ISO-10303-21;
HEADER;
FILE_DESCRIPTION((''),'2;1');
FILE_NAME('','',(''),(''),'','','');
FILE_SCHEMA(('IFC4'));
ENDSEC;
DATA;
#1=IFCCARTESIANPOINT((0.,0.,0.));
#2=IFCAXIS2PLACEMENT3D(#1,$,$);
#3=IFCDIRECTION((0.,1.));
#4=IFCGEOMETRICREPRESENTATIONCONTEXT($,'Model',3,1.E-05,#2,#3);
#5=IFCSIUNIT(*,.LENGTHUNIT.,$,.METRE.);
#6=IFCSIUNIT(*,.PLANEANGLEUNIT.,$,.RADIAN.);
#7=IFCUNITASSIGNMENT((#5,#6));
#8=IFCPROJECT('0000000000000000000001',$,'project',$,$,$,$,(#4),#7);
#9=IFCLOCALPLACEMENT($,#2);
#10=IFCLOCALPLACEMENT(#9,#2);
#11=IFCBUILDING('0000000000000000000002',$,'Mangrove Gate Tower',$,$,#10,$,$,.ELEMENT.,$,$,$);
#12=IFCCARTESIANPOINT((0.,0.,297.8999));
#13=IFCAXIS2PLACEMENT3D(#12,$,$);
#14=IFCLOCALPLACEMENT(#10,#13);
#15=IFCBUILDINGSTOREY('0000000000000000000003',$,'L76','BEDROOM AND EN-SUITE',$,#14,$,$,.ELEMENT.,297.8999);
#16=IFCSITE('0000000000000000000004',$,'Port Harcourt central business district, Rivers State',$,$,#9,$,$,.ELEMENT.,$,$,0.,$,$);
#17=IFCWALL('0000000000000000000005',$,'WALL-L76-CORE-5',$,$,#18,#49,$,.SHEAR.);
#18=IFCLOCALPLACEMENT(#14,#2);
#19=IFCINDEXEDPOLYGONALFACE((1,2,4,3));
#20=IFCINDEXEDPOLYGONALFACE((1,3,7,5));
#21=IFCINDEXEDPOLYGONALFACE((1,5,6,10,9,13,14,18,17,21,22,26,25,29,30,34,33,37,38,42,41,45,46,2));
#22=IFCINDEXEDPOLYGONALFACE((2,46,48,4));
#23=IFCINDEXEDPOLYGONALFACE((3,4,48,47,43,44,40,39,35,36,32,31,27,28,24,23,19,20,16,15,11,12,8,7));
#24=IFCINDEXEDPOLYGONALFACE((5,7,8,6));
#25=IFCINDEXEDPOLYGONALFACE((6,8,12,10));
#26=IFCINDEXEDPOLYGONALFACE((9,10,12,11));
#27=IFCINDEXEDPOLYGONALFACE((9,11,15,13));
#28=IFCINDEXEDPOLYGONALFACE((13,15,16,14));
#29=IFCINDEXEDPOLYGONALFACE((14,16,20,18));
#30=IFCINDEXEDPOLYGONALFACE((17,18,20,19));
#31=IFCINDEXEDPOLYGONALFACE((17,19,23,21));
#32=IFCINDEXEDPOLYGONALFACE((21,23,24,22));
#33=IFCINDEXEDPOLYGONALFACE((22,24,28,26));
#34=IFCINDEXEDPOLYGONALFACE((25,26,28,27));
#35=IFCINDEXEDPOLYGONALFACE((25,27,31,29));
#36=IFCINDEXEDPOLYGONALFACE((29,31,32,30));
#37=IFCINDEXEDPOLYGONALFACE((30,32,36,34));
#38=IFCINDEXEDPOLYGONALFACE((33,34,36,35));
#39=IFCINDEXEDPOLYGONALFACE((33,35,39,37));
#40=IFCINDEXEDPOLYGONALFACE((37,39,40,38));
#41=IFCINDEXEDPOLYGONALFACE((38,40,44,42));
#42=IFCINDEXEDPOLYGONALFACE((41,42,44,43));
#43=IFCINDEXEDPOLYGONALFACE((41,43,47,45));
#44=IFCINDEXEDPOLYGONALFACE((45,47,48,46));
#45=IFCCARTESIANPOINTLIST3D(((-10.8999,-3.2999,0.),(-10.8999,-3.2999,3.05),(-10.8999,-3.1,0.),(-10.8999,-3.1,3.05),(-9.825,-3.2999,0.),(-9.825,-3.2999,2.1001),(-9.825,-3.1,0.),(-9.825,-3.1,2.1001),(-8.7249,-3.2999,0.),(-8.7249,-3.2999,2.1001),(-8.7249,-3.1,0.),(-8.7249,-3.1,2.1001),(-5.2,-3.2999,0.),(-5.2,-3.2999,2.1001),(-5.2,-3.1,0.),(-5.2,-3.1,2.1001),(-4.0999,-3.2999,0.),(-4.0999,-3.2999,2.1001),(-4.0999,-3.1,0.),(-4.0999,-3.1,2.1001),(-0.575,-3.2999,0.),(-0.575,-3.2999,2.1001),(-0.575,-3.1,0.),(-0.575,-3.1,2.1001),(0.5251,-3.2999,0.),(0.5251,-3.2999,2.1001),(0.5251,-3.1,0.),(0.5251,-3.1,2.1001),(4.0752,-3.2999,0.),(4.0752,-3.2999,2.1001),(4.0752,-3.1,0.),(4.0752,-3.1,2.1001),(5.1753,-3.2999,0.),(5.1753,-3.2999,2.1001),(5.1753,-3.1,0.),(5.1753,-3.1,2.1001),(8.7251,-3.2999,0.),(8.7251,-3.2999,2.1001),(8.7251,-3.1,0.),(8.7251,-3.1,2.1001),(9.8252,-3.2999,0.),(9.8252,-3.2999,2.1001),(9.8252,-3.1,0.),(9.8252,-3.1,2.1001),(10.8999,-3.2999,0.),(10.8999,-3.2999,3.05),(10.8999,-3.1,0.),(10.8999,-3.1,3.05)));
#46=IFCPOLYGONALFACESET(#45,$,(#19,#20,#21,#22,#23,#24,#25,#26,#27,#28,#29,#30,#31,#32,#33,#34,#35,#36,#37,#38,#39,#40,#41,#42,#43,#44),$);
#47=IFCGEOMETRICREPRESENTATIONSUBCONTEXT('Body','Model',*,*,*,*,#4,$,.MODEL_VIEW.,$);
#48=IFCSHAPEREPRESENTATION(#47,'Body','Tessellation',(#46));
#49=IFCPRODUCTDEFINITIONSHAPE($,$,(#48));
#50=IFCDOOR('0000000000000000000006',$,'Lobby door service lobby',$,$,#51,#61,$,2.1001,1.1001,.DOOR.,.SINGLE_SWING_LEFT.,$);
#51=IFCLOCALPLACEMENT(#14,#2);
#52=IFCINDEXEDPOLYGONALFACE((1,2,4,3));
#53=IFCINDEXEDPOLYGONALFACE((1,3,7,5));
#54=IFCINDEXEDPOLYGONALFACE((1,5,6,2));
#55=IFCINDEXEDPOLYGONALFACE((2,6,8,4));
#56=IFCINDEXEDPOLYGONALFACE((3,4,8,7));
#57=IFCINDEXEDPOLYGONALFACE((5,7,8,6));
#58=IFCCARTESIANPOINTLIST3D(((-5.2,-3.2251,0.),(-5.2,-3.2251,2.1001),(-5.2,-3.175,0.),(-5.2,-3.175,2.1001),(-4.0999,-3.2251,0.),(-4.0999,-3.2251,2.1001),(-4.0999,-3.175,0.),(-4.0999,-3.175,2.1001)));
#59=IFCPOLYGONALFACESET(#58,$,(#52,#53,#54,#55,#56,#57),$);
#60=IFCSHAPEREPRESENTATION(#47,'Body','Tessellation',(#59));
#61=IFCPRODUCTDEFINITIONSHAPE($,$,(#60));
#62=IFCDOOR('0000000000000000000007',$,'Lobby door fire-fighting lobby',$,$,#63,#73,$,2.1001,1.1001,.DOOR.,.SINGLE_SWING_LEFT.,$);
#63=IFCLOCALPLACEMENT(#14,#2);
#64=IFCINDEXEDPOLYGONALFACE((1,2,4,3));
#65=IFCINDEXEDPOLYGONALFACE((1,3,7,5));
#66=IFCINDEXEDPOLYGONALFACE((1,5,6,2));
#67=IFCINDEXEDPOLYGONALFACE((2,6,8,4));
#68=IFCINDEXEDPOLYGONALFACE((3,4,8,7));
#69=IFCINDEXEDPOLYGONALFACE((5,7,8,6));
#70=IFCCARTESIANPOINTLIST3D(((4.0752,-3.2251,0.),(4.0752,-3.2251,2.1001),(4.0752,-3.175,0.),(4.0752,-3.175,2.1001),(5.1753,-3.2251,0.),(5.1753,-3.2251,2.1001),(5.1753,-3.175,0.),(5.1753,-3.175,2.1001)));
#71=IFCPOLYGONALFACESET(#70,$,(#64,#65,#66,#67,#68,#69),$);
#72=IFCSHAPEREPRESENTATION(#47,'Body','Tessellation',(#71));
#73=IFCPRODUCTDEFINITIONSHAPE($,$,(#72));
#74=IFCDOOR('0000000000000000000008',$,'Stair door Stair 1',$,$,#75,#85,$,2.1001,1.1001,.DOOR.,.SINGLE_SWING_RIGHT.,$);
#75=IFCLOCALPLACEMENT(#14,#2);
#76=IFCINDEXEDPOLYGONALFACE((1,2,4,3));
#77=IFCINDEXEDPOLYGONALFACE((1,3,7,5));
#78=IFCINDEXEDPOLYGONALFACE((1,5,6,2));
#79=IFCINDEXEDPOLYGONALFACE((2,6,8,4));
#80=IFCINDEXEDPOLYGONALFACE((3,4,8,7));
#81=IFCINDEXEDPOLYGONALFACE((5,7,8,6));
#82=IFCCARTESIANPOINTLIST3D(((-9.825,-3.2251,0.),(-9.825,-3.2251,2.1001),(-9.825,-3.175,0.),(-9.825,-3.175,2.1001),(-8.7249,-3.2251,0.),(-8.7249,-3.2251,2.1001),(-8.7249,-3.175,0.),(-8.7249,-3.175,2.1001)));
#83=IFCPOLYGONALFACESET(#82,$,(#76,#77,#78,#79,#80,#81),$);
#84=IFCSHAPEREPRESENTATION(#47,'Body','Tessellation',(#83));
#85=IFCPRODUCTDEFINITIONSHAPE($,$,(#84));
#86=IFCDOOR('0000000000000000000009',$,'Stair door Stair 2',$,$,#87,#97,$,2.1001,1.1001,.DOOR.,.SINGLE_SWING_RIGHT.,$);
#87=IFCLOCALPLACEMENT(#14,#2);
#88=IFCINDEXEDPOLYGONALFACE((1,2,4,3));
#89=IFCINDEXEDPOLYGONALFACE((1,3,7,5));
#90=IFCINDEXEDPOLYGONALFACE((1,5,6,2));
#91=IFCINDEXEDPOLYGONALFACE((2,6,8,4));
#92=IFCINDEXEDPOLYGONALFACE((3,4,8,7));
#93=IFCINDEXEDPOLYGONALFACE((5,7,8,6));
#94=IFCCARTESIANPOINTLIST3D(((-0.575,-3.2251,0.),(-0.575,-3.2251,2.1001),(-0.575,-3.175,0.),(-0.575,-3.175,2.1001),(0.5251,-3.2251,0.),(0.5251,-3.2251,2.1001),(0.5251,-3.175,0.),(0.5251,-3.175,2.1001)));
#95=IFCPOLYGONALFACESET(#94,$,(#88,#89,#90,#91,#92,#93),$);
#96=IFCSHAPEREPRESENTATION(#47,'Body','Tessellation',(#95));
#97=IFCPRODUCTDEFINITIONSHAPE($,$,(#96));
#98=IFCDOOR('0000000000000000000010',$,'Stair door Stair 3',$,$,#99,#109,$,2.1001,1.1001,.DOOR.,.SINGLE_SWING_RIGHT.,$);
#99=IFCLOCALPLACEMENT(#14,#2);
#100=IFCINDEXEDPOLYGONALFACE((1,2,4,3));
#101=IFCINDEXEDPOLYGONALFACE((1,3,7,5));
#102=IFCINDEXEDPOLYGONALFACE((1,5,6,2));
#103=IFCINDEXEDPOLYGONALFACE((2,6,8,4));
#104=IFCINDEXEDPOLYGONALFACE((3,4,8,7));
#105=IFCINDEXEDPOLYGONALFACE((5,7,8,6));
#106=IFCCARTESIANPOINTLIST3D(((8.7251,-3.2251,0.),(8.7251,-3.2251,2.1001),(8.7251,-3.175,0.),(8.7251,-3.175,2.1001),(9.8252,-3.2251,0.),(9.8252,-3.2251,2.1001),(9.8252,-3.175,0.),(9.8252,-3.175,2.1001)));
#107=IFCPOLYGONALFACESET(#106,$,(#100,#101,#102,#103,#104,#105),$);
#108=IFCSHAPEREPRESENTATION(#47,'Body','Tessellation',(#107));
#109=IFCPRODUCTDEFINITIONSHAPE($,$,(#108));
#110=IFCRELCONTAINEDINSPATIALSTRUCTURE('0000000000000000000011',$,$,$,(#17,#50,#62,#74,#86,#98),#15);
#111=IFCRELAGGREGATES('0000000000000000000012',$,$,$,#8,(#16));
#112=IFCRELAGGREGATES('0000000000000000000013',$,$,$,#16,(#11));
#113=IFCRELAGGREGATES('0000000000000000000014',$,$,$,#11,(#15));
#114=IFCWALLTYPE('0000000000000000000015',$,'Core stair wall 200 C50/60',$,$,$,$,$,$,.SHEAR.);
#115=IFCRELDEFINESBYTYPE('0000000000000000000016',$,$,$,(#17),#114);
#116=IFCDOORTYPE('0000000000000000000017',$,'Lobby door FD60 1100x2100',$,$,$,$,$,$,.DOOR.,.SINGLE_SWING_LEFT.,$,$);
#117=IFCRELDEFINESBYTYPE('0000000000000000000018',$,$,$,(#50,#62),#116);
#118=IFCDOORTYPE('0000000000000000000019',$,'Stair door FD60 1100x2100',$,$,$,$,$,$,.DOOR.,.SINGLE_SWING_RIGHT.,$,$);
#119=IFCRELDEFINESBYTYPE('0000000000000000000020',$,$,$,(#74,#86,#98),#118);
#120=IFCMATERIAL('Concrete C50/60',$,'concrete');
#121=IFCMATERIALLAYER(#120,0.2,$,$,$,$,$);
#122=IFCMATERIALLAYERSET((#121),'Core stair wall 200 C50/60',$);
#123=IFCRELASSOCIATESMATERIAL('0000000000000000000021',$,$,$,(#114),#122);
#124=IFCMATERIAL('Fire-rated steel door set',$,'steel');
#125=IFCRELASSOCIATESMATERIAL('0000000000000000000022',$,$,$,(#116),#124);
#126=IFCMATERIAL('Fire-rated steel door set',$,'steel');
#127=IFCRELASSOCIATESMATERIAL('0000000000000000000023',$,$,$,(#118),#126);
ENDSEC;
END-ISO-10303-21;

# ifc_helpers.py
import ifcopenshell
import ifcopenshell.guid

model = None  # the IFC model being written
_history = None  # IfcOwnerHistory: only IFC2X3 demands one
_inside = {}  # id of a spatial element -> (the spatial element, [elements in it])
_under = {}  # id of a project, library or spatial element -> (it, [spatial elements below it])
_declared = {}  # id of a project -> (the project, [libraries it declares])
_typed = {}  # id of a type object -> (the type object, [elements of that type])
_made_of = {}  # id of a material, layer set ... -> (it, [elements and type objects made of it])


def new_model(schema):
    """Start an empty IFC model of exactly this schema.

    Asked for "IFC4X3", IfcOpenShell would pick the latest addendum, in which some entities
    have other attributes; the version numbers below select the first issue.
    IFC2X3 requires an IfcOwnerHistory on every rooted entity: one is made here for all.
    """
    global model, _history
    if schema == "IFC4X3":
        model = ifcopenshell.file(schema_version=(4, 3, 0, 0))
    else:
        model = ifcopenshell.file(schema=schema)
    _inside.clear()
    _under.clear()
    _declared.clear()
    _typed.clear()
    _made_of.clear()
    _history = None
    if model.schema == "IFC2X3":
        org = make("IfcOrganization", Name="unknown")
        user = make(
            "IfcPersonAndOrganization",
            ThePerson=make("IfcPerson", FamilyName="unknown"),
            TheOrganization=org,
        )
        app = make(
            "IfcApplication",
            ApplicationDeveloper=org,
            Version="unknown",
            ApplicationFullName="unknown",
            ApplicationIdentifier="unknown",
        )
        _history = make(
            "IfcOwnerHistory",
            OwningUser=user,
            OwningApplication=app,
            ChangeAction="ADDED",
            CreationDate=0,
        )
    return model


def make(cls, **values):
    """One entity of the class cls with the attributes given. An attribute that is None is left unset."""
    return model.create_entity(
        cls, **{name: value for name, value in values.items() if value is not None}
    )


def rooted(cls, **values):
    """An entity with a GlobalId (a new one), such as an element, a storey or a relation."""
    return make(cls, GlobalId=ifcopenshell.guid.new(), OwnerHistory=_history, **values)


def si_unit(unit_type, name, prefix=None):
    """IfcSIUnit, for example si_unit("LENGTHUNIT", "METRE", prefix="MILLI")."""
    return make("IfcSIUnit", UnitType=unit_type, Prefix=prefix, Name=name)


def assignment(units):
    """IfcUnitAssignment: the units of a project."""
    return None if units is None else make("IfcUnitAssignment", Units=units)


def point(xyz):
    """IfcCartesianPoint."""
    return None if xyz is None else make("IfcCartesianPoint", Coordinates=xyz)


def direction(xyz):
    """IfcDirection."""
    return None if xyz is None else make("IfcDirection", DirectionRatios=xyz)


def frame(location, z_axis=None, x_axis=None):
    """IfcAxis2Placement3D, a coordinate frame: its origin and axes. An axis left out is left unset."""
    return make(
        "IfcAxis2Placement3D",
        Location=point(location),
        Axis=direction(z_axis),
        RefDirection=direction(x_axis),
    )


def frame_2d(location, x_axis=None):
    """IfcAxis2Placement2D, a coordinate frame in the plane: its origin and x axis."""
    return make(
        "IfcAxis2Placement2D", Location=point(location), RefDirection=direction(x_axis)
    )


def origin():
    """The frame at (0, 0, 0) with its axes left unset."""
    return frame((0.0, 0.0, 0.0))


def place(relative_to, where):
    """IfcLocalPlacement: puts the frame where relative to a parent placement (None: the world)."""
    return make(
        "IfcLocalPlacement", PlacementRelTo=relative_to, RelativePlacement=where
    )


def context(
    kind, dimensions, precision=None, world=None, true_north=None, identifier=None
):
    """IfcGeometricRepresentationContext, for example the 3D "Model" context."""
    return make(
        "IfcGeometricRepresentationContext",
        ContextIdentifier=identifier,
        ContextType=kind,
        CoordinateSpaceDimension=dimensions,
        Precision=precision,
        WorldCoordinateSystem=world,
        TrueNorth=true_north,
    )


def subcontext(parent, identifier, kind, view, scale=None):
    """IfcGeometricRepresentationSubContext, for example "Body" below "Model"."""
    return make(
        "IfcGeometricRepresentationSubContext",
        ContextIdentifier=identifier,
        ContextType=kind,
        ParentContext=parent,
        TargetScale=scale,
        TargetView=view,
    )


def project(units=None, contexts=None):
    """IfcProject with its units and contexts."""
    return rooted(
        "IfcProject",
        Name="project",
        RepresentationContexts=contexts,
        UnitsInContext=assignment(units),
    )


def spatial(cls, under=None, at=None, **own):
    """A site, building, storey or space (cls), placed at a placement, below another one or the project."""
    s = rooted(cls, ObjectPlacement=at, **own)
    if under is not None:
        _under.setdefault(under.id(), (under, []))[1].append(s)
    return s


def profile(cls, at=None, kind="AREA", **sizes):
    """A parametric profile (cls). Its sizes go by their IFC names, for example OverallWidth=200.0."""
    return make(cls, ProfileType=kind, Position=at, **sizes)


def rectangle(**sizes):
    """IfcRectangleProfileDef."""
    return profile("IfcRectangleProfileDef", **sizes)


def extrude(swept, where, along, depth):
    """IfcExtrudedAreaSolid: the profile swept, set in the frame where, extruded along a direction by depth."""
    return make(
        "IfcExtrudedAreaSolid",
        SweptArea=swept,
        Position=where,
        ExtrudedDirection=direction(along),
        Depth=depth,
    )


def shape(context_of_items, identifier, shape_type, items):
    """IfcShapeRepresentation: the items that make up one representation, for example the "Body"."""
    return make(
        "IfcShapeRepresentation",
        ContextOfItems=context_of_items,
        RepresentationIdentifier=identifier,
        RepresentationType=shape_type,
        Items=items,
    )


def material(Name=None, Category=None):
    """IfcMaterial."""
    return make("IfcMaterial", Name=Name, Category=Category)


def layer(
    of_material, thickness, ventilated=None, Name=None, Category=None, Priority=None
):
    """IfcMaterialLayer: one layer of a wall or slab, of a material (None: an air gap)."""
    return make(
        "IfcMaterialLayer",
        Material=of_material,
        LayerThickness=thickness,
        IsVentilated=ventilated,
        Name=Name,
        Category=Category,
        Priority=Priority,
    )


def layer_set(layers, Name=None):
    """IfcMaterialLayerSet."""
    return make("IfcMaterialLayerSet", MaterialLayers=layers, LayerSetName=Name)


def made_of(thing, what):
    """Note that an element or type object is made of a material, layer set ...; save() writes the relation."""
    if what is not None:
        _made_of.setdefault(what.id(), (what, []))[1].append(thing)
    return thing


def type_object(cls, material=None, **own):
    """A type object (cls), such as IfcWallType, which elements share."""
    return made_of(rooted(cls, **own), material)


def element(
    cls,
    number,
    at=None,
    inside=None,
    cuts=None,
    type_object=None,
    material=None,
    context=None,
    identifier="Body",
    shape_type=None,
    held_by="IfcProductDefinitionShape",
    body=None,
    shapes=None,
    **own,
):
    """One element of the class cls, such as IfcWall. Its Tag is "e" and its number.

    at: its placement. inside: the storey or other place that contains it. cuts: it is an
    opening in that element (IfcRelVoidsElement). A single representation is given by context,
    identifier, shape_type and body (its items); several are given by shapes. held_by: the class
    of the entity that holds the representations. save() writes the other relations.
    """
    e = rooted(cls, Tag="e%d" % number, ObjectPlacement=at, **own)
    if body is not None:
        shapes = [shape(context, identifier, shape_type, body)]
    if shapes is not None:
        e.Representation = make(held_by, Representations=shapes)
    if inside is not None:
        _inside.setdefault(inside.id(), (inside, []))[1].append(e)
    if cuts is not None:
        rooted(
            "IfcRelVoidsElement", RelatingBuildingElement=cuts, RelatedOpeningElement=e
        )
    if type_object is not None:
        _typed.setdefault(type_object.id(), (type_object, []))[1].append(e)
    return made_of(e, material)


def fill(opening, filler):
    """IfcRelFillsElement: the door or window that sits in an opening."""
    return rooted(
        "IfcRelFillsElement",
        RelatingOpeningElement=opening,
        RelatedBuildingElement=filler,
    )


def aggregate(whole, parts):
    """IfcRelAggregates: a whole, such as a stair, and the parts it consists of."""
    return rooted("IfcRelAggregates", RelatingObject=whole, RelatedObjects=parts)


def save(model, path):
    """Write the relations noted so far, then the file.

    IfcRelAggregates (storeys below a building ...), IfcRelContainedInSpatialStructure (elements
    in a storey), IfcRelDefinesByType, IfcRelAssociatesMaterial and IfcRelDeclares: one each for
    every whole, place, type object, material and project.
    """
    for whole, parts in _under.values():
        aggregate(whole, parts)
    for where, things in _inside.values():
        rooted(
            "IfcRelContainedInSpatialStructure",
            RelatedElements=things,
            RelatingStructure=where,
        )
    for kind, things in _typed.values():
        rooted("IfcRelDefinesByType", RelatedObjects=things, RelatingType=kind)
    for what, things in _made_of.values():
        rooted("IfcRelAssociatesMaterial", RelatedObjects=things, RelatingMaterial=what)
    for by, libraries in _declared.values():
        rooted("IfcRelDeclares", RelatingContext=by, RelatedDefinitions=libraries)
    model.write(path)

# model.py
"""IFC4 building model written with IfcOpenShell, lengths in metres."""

from ifc_helpers import new_model, si_unit, direction, frame, frame_2d, origin, place, context, subcontext, project, spatial, rectangle, extrude, material, layer, layer_set, type_object, element, fill, save


model = new_model("IFC4")

# Units and contexts
model_context = context("Model", 3, precision=1e-05, world=origin(), true_north=direction((0.0, 1.0)))
body_context = subcontext(model_context, "Body", "Model", "MODEL_VIEW")
ifc_project = project(units=[si_unit("LENGTHUNIT", "METRE"), si_unit("PLANEANGLEUNIT", "RADIAN")], contexts=[model_context])

# Site, building, storey
site_placement = place(None, origin())
site = spatial("IfcSite", under=ifc_project, at=site_placement, Name="Port Harcourt central business district, Rivers State", CompositionType="ELEMENT", RefElevation=0.0)
building_placement = place(site_placement, origin())
building = spatial("IfcBuilding", under=site, at=building_placement, Name="Mangrove Gate Tower", CompositionType="ELEMENT")
storey_placement = place(building_placement, frame((0.0, 0.0, 297.8999)))
storey = spatial("IfcBuildingStorey", under=building, at=storey_placement, Name="L76", Description="BEDROOM AND EN-SUITE", CompositionType="ELEMENT", Elevation=297.8999)

# Wall, openings, doors
ifc_material_1 = material(Name="Concrete C50/60", Category="concrete")
ifc_layer_1 = layer(ifc_material_1, 0.2)
ifc_layer_set_1 = layer_set([ifc_layer_1], Name="Core stair wall 200 C50/60")
wall_type_1 = type_object("IfcWallType", Name="Core stair wall 200 C50/60", PredefinedType="SHEAR", material=ifc_layer_set_1)
wall_1_placement = place(storey_placement, frame((-10.8999, -3.2, 0.0), z_axis=(0.0, 0.0, 1.0), x_axis=(1.0, 0.0, 0.0)))
wall_1 = element("IfcWall", 1, at=wall_1_placement, inside=storey, type_object=wall_type_1, Name="WALL-L76-CORE-5", PredefinedType="SHEAR", context=body_context, shape_type="SweptSolid", body=[
    extrude(rectangle(XDim=21.7998, YDim=0.2, at=frame_2d((10.8999, 0.0))), origin(), (0.0, 0.0, 1.0), 3.05),
])
opening_1_placement = place(wall_1_placement, frame((1.075, 0.0, 0.0)))
opening_1 = element("IfcOpeningElement", 2, at=opening_1_placement, cuts=wall_1, PredefinedType="OPENING", context=body_context, shape_type="SweptSolid", body=[
    extrude(rectangle(XDim=1.1001, YDim=2.1001, at=frame_2d((0.55, 1.05))), frame((0.0, 0.1099, 0.0), z_axis=(0.0, -1.0, 0.0), x_axis=(1.0, 0.0, 0.0)), (0.0, 0.0, 1.0), 0.22),
])
opening_2_placement = place(wall_1_placement, frame((10.325, 0.0, 0.0)))
opening_2 = element("IfcOpeningElement", 3, at=opening_2_placement, cuts=wall_1, PredefinedType="OPENING", context=body_context, shape_type="SweptSolid", body=[
    extrude(rectangle(XDim=1.1001, YDim=2.1001, at=frame_2d((0.55, 1.05))), frame((0.0, 0.1099, 0.0), z_axis=(0.0, -1.0, 0.0), x_axis=(1.0, 0.0, 0.0)), (0.0, 0.0, 1.0), 0.22),
])
opening_3_placement = place(wall_1_placement, frame((19.625, 0.0, 0.0)))
opening_3 = element("IfcOpeningElement", 4, at=opening_3_placement, cuts=wall_1, PredefinedType="OPENING", context=body_context, shape_type="SweptSolid", body=[
    extrude(rectangle(XDim=1.1001, YDim=2.1001, at=frame_2d((0.55, 1.05))), frame((0.0, 0.1099, 0.0), z_axis=(0.0, -1.0, 0.0), x_axis=(1.0, 0.0, 0.0)), (0.0, 0.0, 1.0), 0.22),
])
opening_4_placement = place(wall_1_placement, frame((5.7, 0.0, 0.0)))
opening_4 = element("IfcOpeningElement", 5, at=opening_4_placement, cuts=wall_1, PredefinedType="OPENING", context=body_context, shape_type="SweptSolid", body=[
    extrude(rectangle(XDim=1.1001, YDim=2.1001, at=frame_2d((0.55, 1.05))), frame((0.0, 0.1099, 0.0), z_axis=(0.0, -1.0, 0.0), x_axis=(1.0, 0.0, 0.0)), (0.0, 0.0, 1.0), 0.22),
])
opening_5_placement = place(wall_1_placement, frame((14.9751, 0.0, 0.0)))
opening_5 = element("IfcOpeningElement", 6, at=opening_5_placement, cuts=wall_1, PredefinedType="OPENING", context=body_context, shape_type="SweptSolid", body=[
    extrude(rectangle(XDim=1.1001, YDim=2.1001, at=frame_2d((0.55, 1.05))), frame((0.0, 0.1099, 0.0), z_axis=(0.0, -1.0, 0.0), x_axis=(1.0, 0.0, 0.0)), (0.0, 0.0, 1.0), 0.22),
])
ifc_material_2 = material(Name="Fire-rated steel door set", Category="steel")
door_type_1 = type_object("IfcDoorType", Name="Lobby door FD60 1100x2100", OperationType="SINGLE_SWING_LEFT", PredefinedType="DOOR", material=ifc_material_2)
door_1_placement = place(opening_4_placement, origin())
door_1 = element("IfcDoor", 7, at=door_1_placement, inside=storey, type_object=door_type_1, Name="Lobby door service lobby", OperationType="SINGLE_SWING_LEFT", OverallHeight=2.1001, OverallWidth=1.1001, PredefinedType="DOOR", context=body_context, shape_type="SweptSolid", body=[
    extrude(rectangle(XDim=1.1001, YDim=2.1001, at=frame_2d((0.55, 1.05))), frame((0.0, 0.0249, 0.0), z_axis=(0.0, -1.0, 0.0), x_axis=(1.0, 0.0, 0.0)), (0.0, 0.0, 1.0), 0.05),
])
fill(opening_4, door_1)
door_2_placement = place(opening_5_placement, origin())
door_2 = element("IfcDoor", 8, at=door_2_placement, inside=storey, type_object=door_type_1, Name="Lobby door fire-fighting lobby", OperationType="SINGLE_SWING_LEFT", OverallHeight=2.1001, OverallWidth=1.1001, PredefinedType="DOOR", context=body_context, shape_type="SweptSolid", body=[
    extrude(rectangle(XDim=1.1001, YDim=2.1001, at=frame_2d((0.55, 1.05))), frame((0.0, 0.0249, 0.0), z_axis=(0.0, -1.0, 0.0), x_axis=(1.0, 0.0, 0.0)), (0.0, 0.0, 1.0), 0.05),
])
fill(opening_5, door_2)
ifc_material_3 = material(Name="Fire-rated steel door set", Category="steel")
door_type_2 = type_object("IfcDoorType", Name="Stair door FD60 1100x2100", OperationType="SINGLE_SWING_RIGHT", PredefinedType="DOOR", material=ifc_material_3)
door_3_placement = place(opening_1_placement, origin())
door_3 = element("IfcDoor", 9, at=door_3_placement, inside=storey, type_object=door_type_2, Name="Stair door Stair 1", OperationType="SINGLE_SWING_RIGHT", OverallHeight=2.1001, OverallWidth=1.1001, PredefinedType="DOOR", context=body_context, shape_type="SweptSolid", body=[
    extrude(rectangle(XDim=1.1001, YDim=2.1001, at=frame_2d((0.55, 1.05))), frame((0.0, 0.0249, 0.0), z_axis=(0.0, -1.0, 0.0), x_axis=(1.0, 0.0, 0.0)), (0.0, 0.0, 1.0), 0.05),
])
fill(opening_1, door_3)
door_4_placement = place(opening_2_placement, origin())
door_4 = element("IfcDoor", 10, at=door_4_placement, inside=storey, type_object=door_type_2, Name="Stair door Stair 2", OperationType="SINGLE_SWING_RIGHT", OverallHeight=2.1001, OverallWidth=1.1001, PredefinedType="DOOR", context=body_context, shape_type="SweptSolid", body=[
    extrude(rectangle(XDim=1.1001, YDim=2.1001, at=frame_2d((0.55, 1.05))), frame((0.0, 0.0249, 0.0), z_axis=(0.0, -1.0, 0.0), x_axis=(1.0, 0.0, 0.0)), (0.0, 0.0, 1.0), 0.05),
])
fill(opening_2, door_4)
door_5_placement = place(opening_3_placement, origin())
door_5 = element("IfcDoor", 11, at=door_5_placement, inside=storey, type_object=door_type_2, Name="Stair door Stair 3", OperationType="SINGLE_SWING_RIGHT", OverallHeight=2.1001, OverallWidth=1.1001, PredefinedType="DOOR", context=body_context, shape_type="SweptSolid", body=[
    extrude(rectangle(XDim=1.1001, YDim=2.1001, at=frame_2d((0.55, 1.05))), frame((0.0, 0.0249, 0.0), z_axis=(0.0, -1.0, 0.0), x_axis=(1.0, 0.0, 0.0)), (0.0, 0.0, 1.0), 0.05),
])
fill(opening_3, door_5)

save(model, "model.ifc")
